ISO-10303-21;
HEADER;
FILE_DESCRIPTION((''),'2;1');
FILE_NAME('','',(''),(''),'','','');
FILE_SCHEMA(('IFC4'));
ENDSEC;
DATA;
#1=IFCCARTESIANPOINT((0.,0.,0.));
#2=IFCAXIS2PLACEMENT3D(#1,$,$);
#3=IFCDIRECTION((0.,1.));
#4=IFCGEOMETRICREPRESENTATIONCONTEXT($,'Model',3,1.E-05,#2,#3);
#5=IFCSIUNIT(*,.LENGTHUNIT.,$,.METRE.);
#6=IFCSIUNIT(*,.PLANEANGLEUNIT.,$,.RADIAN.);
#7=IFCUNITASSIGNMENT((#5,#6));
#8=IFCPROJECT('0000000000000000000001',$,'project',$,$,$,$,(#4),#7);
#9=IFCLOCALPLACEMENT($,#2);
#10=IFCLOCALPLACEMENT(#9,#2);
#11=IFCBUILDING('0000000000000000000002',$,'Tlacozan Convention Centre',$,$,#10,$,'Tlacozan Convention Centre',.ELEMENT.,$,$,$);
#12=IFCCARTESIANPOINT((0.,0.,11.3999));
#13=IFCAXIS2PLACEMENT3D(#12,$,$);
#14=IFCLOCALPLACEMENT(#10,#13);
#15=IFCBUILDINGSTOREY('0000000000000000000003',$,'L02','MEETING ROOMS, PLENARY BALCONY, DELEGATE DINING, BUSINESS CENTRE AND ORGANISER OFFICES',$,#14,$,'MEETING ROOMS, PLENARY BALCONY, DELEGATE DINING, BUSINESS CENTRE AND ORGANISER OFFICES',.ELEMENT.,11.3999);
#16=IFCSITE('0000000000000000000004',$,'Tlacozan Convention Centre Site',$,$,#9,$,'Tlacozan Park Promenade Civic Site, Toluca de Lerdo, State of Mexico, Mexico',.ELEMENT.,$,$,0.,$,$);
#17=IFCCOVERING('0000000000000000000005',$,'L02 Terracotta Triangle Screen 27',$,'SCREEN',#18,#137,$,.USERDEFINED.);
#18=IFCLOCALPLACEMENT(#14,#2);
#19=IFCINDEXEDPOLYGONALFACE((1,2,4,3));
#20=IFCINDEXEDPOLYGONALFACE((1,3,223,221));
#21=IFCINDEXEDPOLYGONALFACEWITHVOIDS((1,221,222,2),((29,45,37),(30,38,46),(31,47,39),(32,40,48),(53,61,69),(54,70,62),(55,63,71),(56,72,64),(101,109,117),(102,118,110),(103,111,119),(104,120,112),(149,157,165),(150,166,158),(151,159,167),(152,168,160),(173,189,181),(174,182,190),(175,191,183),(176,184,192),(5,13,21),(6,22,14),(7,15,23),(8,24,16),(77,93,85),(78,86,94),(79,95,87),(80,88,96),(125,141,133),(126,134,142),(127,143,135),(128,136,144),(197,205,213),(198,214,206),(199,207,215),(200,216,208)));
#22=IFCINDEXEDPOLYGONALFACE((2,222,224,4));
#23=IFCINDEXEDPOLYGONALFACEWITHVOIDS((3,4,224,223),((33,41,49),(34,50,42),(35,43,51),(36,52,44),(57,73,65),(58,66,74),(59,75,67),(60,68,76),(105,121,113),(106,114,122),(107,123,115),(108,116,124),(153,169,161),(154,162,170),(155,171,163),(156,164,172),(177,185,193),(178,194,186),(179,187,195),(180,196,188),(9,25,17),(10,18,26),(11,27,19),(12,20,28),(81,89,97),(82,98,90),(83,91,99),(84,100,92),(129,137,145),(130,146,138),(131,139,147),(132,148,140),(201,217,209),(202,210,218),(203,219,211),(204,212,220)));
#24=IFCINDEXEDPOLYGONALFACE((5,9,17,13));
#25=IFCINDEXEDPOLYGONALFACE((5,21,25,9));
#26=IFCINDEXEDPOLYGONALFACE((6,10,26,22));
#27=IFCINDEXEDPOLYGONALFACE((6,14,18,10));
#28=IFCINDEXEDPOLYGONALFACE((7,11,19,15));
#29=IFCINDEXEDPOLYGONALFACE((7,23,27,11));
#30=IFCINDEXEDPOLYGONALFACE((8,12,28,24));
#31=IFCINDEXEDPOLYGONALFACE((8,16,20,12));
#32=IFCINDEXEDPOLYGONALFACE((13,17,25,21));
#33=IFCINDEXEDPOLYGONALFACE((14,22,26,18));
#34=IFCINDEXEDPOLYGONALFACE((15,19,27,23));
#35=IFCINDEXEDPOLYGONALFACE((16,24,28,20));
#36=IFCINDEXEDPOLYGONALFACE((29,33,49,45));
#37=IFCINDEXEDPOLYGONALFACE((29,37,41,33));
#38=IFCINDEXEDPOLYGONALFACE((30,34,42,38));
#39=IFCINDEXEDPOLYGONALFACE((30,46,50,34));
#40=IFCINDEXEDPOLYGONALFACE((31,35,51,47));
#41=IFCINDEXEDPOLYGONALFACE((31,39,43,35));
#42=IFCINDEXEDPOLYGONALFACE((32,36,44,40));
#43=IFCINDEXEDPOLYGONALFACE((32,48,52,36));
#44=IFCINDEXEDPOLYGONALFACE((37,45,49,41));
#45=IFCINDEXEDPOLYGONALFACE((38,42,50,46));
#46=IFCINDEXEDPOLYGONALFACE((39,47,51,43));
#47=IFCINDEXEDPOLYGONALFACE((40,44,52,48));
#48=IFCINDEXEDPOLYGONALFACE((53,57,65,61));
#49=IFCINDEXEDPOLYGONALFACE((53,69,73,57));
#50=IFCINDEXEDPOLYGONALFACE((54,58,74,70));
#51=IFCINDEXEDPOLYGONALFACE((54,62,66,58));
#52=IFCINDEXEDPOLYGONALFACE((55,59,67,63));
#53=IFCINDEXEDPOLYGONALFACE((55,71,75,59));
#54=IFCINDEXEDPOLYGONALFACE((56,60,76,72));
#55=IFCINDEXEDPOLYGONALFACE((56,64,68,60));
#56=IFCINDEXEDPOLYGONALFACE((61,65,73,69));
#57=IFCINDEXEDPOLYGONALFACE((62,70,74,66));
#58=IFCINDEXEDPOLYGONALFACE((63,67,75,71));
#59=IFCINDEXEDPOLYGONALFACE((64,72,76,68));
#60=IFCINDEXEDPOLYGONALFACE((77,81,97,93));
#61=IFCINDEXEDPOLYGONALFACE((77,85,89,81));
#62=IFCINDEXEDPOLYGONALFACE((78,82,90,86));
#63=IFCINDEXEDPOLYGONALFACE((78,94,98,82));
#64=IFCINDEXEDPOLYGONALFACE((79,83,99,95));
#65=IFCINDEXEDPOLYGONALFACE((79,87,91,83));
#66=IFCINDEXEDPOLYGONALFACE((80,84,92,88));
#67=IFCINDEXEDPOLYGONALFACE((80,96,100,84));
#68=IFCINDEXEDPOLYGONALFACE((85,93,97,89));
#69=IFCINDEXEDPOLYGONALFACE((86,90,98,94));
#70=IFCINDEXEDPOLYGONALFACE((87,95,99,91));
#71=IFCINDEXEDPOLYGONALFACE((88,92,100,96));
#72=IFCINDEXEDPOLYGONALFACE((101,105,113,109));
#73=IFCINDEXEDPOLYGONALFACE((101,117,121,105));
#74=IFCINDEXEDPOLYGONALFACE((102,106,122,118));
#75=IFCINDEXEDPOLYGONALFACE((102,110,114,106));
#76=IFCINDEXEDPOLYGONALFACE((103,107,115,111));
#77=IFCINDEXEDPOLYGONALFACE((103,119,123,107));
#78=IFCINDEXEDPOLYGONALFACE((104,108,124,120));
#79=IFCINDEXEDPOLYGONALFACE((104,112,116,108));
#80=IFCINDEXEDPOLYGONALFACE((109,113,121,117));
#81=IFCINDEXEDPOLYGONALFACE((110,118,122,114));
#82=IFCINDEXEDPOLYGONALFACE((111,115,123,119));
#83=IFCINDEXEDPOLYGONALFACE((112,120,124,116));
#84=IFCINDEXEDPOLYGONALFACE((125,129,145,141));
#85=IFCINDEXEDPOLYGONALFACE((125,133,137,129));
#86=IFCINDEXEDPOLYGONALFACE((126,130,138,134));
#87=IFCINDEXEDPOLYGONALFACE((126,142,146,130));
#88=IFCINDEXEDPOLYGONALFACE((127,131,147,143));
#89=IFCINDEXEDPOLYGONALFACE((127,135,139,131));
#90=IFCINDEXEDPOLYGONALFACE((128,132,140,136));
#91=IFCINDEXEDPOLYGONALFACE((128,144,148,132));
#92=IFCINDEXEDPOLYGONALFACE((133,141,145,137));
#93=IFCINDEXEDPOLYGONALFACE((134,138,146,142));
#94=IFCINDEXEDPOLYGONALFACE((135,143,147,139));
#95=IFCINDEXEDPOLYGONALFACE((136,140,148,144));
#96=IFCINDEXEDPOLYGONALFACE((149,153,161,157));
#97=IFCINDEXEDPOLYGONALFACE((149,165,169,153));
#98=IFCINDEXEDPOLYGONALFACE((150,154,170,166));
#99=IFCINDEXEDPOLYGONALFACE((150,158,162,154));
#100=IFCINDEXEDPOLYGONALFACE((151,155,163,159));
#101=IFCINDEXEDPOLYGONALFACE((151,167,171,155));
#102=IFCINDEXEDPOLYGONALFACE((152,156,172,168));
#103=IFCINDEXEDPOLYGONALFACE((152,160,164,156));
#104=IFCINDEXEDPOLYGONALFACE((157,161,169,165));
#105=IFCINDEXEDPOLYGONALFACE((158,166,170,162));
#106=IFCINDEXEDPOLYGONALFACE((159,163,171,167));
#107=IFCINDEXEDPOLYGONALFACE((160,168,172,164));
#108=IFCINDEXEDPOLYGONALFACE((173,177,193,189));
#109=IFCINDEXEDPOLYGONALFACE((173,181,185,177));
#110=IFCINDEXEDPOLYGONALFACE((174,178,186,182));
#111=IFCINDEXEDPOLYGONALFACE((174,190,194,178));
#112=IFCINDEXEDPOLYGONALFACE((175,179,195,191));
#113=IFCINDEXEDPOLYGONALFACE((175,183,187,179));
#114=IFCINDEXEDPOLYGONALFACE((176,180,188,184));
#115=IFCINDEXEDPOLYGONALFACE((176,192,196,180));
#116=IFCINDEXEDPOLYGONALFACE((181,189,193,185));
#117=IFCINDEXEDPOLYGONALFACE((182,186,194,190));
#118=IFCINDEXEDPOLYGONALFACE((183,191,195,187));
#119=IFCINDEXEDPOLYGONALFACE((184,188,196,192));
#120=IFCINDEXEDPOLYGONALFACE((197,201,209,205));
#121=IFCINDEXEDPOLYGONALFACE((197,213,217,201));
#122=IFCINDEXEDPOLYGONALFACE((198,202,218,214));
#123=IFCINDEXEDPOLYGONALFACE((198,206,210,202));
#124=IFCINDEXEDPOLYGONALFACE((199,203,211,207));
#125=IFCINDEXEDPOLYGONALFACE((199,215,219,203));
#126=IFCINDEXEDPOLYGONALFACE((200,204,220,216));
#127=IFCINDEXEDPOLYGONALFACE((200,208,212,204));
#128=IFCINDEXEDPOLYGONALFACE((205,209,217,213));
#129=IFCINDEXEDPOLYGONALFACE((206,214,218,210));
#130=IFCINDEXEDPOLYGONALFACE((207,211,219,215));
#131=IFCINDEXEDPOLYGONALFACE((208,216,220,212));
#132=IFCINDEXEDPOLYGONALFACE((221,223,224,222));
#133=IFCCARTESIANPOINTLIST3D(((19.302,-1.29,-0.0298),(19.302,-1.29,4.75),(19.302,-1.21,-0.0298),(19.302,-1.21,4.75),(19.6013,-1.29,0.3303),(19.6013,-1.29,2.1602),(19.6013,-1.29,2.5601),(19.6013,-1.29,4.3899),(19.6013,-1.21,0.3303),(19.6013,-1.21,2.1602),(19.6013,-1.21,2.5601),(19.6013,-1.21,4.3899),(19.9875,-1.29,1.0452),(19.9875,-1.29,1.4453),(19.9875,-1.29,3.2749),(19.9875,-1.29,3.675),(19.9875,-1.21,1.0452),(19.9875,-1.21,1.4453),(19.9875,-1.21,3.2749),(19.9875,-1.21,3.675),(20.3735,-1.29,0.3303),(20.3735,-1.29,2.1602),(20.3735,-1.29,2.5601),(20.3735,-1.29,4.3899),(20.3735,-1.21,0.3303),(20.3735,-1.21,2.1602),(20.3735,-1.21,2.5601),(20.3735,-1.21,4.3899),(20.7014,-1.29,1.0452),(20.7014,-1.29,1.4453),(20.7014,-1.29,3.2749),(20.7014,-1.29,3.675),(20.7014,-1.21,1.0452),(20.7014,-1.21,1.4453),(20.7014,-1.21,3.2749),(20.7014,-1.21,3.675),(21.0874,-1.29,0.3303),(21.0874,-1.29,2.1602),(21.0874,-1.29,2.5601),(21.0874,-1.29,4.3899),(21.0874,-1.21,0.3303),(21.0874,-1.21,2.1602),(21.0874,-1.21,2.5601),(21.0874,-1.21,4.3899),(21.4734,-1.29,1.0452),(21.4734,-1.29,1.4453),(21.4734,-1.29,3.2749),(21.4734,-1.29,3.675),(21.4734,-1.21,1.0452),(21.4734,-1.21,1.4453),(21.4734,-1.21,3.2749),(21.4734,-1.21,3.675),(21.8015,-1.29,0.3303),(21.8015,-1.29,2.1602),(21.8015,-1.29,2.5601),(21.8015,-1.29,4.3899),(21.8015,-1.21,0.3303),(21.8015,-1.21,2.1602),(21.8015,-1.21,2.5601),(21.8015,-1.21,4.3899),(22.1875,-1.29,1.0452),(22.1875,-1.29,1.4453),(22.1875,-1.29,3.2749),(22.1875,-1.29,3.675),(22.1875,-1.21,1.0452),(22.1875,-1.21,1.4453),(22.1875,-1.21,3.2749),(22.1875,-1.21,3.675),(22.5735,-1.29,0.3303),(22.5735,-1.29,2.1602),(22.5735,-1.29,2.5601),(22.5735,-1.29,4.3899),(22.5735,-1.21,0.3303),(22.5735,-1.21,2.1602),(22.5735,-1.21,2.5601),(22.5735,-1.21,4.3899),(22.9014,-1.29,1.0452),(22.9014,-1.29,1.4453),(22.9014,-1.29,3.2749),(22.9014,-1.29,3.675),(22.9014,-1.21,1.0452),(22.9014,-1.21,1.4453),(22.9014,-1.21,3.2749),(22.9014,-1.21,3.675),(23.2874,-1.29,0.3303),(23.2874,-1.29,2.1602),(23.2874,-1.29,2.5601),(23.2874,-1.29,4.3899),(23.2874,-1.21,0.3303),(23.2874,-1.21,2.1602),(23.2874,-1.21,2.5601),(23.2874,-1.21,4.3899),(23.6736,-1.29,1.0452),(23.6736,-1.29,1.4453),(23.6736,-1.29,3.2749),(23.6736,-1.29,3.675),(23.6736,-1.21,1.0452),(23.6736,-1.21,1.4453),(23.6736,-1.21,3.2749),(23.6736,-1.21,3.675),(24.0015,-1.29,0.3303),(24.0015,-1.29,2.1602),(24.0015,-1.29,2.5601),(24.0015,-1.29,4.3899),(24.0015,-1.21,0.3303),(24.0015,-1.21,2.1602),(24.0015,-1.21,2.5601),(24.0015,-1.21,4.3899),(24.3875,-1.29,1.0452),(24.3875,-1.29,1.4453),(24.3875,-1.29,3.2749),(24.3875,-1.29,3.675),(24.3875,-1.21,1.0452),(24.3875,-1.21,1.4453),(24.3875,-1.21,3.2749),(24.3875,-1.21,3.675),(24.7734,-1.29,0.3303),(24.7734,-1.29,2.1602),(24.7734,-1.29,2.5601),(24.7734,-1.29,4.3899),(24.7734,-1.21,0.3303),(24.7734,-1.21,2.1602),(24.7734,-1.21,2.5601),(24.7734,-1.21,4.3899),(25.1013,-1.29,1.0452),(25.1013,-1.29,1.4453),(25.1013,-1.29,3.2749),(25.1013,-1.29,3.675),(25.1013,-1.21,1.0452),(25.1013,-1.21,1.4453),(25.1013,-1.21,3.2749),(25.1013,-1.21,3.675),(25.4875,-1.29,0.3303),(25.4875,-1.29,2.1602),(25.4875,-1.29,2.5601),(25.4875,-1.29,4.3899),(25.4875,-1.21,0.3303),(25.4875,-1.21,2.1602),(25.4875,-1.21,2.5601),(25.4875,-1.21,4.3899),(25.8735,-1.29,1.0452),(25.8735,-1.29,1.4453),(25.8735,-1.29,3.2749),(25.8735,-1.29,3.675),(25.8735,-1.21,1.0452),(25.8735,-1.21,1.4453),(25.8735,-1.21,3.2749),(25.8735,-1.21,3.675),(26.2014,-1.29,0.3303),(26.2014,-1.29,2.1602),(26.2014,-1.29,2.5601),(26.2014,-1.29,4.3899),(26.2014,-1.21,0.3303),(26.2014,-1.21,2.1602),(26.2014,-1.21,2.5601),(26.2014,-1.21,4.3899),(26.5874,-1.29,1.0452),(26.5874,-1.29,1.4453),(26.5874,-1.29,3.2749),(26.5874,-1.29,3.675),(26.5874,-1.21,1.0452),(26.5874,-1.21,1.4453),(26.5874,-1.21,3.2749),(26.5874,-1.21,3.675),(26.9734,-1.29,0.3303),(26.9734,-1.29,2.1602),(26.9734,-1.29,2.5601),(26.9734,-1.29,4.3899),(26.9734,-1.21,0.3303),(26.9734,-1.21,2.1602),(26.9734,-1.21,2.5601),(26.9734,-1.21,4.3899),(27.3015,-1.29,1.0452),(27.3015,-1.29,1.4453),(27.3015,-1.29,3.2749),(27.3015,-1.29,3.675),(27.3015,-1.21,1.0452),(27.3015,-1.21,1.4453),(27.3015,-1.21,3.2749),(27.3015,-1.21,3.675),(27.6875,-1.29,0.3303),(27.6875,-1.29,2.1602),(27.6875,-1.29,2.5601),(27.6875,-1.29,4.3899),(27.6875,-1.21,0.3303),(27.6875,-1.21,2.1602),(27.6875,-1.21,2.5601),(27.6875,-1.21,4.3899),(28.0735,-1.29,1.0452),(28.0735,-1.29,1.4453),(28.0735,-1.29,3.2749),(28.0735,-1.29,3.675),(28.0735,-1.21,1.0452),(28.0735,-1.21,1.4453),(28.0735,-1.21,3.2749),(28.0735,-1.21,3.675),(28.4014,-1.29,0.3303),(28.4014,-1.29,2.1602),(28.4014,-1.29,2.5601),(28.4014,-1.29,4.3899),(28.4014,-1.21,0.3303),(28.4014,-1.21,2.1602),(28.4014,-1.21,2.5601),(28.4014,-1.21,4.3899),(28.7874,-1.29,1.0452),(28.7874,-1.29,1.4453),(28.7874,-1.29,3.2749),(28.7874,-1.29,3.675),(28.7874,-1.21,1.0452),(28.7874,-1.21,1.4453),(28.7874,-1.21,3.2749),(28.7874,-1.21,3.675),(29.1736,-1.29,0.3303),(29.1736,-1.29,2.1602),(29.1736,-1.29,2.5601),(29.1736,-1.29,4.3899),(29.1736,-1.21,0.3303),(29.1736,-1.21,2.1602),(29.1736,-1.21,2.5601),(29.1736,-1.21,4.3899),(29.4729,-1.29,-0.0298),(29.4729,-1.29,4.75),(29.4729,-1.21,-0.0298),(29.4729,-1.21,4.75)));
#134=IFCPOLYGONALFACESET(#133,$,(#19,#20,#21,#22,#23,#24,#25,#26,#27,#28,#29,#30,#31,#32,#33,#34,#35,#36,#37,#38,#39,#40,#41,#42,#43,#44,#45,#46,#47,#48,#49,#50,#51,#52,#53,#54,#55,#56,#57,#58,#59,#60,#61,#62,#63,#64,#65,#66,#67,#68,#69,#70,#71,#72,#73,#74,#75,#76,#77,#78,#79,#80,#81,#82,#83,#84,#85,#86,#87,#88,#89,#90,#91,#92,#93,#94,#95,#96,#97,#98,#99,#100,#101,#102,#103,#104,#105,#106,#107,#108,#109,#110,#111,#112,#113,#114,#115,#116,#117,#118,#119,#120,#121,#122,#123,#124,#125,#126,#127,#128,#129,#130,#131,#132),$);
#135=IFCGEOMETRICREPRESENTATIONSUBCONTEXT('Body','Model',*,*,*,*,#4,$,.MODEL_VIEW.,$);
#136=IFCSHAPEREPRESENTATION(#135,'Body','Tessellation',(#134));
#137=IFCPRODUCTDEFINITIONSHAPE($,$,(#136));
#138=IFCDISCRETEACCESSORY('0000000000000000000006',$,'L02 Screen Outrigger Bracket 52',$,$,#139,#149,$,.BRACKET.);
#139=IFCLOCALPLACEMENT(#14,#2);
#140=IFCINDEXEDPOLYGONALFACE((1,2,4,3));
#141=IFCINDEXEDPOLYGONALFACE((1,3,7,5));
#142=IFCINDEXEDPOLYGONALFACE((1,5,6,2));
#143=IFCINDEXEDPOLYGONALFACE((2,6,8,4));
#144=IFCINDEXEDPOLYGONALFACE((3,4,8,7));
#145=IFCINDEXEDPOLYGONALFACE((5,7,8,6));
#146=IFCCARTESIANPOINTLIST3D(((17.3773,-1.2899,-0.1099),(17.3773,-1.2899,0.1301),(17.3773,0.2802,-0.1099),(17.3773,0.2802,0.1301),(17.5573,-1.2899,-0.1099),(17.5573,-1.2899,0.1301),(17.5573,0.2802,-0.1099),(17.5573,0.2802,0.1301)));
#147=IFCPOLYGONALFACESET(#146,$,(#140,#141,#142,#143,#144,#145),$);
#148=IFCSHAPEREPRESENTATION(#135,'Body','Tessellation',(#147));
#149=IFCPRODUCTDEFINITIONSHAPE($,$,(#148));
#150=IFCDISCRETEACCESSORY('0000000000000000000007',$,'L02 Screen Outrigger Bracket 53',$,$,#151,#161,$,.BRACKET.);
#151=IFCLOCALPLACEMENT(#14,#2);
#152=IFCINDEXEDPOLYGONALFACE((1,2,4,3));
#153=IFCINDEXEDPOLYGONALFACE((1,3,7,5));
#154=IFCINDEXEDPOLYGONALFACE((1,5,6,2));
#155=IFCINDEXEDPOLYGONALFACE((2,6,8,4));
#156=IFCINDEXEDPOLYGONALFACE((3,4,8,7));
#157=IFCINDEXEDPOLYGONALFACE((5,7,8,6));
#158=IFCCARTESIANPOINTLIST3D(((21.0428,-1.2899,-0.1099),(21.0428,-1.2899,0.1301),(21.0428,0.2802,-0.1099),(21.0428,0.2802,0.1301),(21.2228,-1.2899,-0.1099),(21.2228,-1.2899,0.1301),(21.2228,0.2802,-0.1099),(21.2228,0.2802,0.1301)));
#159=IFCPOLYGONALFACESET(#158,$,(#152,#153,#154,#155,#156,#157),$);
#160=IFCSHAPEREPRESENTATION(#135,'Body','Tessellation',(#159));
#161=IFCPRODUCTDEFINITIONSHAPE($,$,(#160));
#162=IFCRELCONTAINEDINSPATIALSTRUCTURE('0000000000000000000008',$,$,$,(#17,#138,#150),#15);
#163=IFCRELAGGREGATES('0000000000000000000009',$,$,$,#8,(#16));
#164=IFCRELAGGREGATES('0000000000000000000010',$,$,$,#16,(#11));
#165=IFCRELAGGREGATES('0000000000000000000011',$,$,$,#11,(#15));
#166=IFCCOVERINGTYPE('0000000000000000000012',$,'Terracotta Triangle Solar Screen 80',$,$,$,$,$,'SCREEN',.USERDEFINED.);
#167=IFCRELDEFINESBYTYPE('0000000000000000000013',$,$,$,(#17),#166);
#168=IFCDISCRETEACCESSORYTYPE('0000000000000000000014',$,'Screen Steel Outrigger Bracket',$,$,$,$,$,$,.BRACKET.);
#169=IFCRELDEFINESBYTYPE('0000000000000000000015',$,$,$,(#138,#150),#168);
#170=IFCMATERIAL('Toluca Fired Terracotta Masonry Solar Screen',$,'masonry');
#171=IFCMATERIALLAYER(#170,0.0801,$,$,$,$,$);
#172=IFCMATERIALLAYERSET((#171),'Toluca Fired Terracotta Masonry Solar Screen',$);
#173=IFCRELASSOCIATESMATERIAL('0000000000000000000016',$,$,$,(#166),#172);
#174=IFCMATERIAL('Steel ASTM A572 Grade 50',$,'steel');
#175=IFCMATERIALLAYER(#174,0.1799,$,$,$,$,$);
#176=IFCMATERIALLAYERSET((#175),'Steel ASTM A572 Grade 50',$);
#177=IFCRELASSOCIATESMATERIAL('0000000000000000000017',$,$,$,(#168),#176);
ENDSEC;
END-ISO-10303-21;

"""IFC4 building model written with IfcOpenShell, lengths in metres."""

from ifc_helpers import new_model, si_unit, direction, frame, origin, origin_2d, place, context, subcontext, project, spatial, polyline, rectangle, outline, extrude, material, layer, layer_set, type_object, element, save


model = new_model("IFC4")

# Units and contexts
model_context = context("Model", 3, precision=1e-05, world=origin(), true_north=direction((0.0, 1.0)))
body_context = subcontext(model_context, "Body", "Model", "MODEL_VIEW")
ifc_project = project(units=[si_unit("LENGTHUNIT", "METRE"), si_unit("PLANEANGLEUNIT", "RADIAN")], contexts=[model_context])

# Site, building, storey
site_placement = place(None, origin())
site = spatial("IfcSite", under=ifc_project, at=site_placement, Name="Tlacozan Convention Centre Site", LongName="Tlacozan Park Promenade Civic Site, Toluca de Lerdo, State of Mexico, Mexico", CompositionType="ELEMENT", RefElevation=0.0)
building_placement = place(site_placement, origin())
building = spatial("IfcBuilding", under=site, at=building_placement, Name="Tlacozan Convention Centre", LongName="Tlacozan Convention Centre", CompositionType="ELEMENT")
storey_placement = place(building_placement, frame((0.0, 0.0, 11.3999)))
storey = spatial("IfcBuildingStorey", under=building, at=storey_placement, Name="L02", Description="MEETING ROOMS, PLENARY BALCONY, DELEGATE DINING, BUSINESS CENTRE AND ORGANISER OFFICES", LongName="MEETING ROOMS, PLENARY BALCONY, DELEGATE DINING, BUSINESS CENTRE AND ORGANISER OFFICES", CompositionType="ELEMENT", Elevation=11.3999)

# Covering
ifc_material_1 = material(Name="Toluca Fired Terracotta Masonry Solar Screen", Category="masonry")
ifc_layer_1 = layer(ifc_material_1, 0.0801)
ifc_layer_set_1 = layer_set([ifc_layer_1], Name="Toluca Fired Terracotta Masonry Solar Screen")
covering_type = type_object("IfcCoveringType", Name="Terracotta Triangle Solar Screen 80", ElementType="SCREEN", PredefinedType="USERDEFINED", material=ifc_layer_set_1)
covering_placement = place(storey_placement, frame((19.302, -1.25, -0.0298), z_axis=(0.0, 0.0, 1.0), x_axis=(1.0, 0.0, 0.0)))
element("IfcCovering", 1, at=covering_placement, inside=storey, type_object=covering_type, Name="L02 Terracotta Triangle Screen 27", ObjectType="SCREEN", PredefinedType="USERDEFINED", context=body_context, shape_type="SweptSolid", body=[
    extrude(outline(polyline([(0.0, 0.0), (10.1709, 0.0), (10.1709, 4.7798), (0.0, 4.7798), (0.0, 0.0)]), holes=[polyline([(0.2993, 0.3601), (1.0715, 0.3601), (0.6855, 1.075), (0.2993, 0.3601)]), polyline([(1.3994, 1.075), (2.1714, 1.075), (1.7854, 0.3601), (1.3994, 1.075)]), polyline([(2.4995, 0.3601), (3.2715, 0.3601), (2.8855, 1.075), (2.4995, 0.3601)]), polyline([(3.5994, 1.075), (4.3716, 1.075), (3.9854, 0.3601), (3.5994, 1.075)]), polyline([(4.6995, 0.3601), (5.4714, 0.3601), (5.0854, 1.075), (4.6995, 0.3601)]), polyline([(5.7993, 1.075), (6.5715, 1.075), (6.1855, 0.3601), (5.7993, 1.075)]), polyline([(6.8994, 0.3601), (7.6714, 0.3601), (7.2854, 1.075), (6.8994, 0.3601)]), polyline([(7.9995, 1.075), (8.7715, 1.075), (8.3855, 0.3601), (7.9995, 1.075)]), polyline([(9.0994, 0.3601), (9.8716, 0.3601), (9.4854, 1.075), (9.0994, 0.3601)]), polyline([(0.2993, 2.1899), (1.0715, 2.1899), (0.6855, 1.4751), (0.2993, 2.1899)]), polyline([(1.3994, 1.4751), (2.1714, 1.4751), (1.7854, 2.1899), (1.3994, 1.4751)]), polyline([(2.4995, 2.1899), (3.2715, 2.1899), (2.8855, 1.4751), (2.4995, 2.1899)]), polyline([(3.5994, 1.4751), (4.3716, 1.4751), (3.9854, 2.1899), (3.5994, 1.4751)]), polyline([(4.6995, 2.1899), (5.4714, 2.1899), (5.0854, 1.4751), (4.6995, 2.1899)]), polyline([(5.7993, 1.4751), (6.5715, 1.4751), (6.1855, 2.1899), (5.7993, 1.4751)]), polyline([(6.8994, 2.1899), (7.6714, 2.1899), (7.2854, 1.4751), (6.8994, 2.1899)]), polyline([(7.9995, 1.4751), (8.7715, 1.4751), (8.3855, 2.1899), (7.9995, 1.4751)]), polyline([(9.0994, 2.1899), (9.8716, 2.1899), (9.4854, 1.4751), (9.0994, 2.1899)]), polyline([(0.2993, 2.5898), (1.0715, 2.5898), (0.6855, 3.3047), (0.2993, 2.5898)]), polyline([(1.3994, 3.3047), (2.1714, 3.3047), (1.7854, 2.5898), (1.3994, 3.3047)]), polyline([(2.4995, 2.5898), (3.2715, 2.5898), (2.8855, 3.3047), (2.4995, 2.5898)]), polyline([(3.5994, 3.3047), (4.3716, 3.3047), (3.9854, 2.5898), (3.5994, 3.3047)]), polyline([(4.6995, 2.5898), (5.4714, 2.5898), (5.0854, 3.3047), (4.6995, 2.5898)]), polyline([(5.7993, 3.3047), (6.5715, 3.3047), (6.1855, 2.5898), (5.7993, 3.3047)]), polyline([(6.8994, 2.5898), (7.6714, 2.5898), (7.2854, 3.3047), (6.8994, 2.5898)]), polyline([(7.9995, 3.3047), (8.7715, 3.3047), (8.3855, 2.5898), (7.9995, 3.3047)]), polyline([(9.0994, 2.5898), (9.8716, 2.5898), (9.4854, 3.3047), (9.0994, 2.5898)]), polyline([(0.2993, 4.4197), (1.0715, 4.4197), (0.6855, 3.7048), (0.2993, 4.4197)]), polyline([(1.3994, 3.7048), (2.1714, 3.7048), (1.7854, 4.4197), (1.3994, 3.7048)]), polyline([(2.4995, 4.4197), (3.2715, 4.4197), (2.8855, 3.7048), (2.4995, 4.4197)]), polyline([(3.5994, 3.7048), (4.3716, 3.7048), (3.9854, 4.4197), (3.5994, 3.7048)]), polyline([(4.6995, 4.4197), (5.4714, 4.4197), (5.0854, 3.7048), (4.6995, 4.4197)]), polyline([(5.7993, 3.7048), (6.5715, 3.7048), (6.1855, 4.4197), (5.7993, 3.7048)]), polyline([(6.8994, 4.4197), (7.6714, 4.4197), (7.2854, 3.7048), (6.8994, 4.4197)]), polyline([(7.9995, 3.7048), (8.7715, 3.7048), (8.3855, 4.4197), (7.9995, 3.7048)]), polyline([(9.0994, 4.4197), (9.8716, 4.4197), (9.4854, 3.7048), (9.0994, 4.4197)])]), frame((0.0, 0.04, 0.0), z_axis=(0.0, -1.0, 0.0), x_axis=(1.0, 0.0, 0.0)), (0.0, 0.0, 1.0), 0.0801),
])

# Discrete accessories
ifc_material_2 = material(Name="Steel ASTM A572 Grade 50", Category="steel")
ifc_layer_2 = layer(ifc_material_2, 0.1799)
ifc_layer_set_2 = layer_set([ifc_layer_2], Name="Steel ASTM A572 Grade 50")
discrete_accessory_type = type_object("IfcDiscreteAccessoryType", Name="Screen Steel Outrigger Bracket", PredefinedType="BRACKET", material=ifc_layer_set_2)
for number, where, z_axis, x_axis, name in (
    (2, (17.4673, -0.5049, -0.1099), (0.0, 0.0, 1.0), (0.0, 1.0, 0.0), "L02 Screen Outrigger Bracket 52"),
    (3, (21.1328, -0.5049, -0.1099), (0.0, 0.0, 1.0), (0.0, 1.0, 0.0), "L02 Screen Outrigger Bracket 53"),
):
    element("IfcDiscreteAccessory", number, at=place(storey_placement, frame(where, z_axis=z_axis, x_axis=x_axis)), inside=storey, type_object=discrete_accessory_type, Name=name, PredefinedType="BRACKET", context=body_context, shape_type="SweptSolid", body=[
        extrude(rectangle(XDim=1.5701, YDim=0.1799, at=origin_2d()), origin(), (0.0, 0.0, 1.0), 0.24),
    ])

save(model, "model.ifc")
